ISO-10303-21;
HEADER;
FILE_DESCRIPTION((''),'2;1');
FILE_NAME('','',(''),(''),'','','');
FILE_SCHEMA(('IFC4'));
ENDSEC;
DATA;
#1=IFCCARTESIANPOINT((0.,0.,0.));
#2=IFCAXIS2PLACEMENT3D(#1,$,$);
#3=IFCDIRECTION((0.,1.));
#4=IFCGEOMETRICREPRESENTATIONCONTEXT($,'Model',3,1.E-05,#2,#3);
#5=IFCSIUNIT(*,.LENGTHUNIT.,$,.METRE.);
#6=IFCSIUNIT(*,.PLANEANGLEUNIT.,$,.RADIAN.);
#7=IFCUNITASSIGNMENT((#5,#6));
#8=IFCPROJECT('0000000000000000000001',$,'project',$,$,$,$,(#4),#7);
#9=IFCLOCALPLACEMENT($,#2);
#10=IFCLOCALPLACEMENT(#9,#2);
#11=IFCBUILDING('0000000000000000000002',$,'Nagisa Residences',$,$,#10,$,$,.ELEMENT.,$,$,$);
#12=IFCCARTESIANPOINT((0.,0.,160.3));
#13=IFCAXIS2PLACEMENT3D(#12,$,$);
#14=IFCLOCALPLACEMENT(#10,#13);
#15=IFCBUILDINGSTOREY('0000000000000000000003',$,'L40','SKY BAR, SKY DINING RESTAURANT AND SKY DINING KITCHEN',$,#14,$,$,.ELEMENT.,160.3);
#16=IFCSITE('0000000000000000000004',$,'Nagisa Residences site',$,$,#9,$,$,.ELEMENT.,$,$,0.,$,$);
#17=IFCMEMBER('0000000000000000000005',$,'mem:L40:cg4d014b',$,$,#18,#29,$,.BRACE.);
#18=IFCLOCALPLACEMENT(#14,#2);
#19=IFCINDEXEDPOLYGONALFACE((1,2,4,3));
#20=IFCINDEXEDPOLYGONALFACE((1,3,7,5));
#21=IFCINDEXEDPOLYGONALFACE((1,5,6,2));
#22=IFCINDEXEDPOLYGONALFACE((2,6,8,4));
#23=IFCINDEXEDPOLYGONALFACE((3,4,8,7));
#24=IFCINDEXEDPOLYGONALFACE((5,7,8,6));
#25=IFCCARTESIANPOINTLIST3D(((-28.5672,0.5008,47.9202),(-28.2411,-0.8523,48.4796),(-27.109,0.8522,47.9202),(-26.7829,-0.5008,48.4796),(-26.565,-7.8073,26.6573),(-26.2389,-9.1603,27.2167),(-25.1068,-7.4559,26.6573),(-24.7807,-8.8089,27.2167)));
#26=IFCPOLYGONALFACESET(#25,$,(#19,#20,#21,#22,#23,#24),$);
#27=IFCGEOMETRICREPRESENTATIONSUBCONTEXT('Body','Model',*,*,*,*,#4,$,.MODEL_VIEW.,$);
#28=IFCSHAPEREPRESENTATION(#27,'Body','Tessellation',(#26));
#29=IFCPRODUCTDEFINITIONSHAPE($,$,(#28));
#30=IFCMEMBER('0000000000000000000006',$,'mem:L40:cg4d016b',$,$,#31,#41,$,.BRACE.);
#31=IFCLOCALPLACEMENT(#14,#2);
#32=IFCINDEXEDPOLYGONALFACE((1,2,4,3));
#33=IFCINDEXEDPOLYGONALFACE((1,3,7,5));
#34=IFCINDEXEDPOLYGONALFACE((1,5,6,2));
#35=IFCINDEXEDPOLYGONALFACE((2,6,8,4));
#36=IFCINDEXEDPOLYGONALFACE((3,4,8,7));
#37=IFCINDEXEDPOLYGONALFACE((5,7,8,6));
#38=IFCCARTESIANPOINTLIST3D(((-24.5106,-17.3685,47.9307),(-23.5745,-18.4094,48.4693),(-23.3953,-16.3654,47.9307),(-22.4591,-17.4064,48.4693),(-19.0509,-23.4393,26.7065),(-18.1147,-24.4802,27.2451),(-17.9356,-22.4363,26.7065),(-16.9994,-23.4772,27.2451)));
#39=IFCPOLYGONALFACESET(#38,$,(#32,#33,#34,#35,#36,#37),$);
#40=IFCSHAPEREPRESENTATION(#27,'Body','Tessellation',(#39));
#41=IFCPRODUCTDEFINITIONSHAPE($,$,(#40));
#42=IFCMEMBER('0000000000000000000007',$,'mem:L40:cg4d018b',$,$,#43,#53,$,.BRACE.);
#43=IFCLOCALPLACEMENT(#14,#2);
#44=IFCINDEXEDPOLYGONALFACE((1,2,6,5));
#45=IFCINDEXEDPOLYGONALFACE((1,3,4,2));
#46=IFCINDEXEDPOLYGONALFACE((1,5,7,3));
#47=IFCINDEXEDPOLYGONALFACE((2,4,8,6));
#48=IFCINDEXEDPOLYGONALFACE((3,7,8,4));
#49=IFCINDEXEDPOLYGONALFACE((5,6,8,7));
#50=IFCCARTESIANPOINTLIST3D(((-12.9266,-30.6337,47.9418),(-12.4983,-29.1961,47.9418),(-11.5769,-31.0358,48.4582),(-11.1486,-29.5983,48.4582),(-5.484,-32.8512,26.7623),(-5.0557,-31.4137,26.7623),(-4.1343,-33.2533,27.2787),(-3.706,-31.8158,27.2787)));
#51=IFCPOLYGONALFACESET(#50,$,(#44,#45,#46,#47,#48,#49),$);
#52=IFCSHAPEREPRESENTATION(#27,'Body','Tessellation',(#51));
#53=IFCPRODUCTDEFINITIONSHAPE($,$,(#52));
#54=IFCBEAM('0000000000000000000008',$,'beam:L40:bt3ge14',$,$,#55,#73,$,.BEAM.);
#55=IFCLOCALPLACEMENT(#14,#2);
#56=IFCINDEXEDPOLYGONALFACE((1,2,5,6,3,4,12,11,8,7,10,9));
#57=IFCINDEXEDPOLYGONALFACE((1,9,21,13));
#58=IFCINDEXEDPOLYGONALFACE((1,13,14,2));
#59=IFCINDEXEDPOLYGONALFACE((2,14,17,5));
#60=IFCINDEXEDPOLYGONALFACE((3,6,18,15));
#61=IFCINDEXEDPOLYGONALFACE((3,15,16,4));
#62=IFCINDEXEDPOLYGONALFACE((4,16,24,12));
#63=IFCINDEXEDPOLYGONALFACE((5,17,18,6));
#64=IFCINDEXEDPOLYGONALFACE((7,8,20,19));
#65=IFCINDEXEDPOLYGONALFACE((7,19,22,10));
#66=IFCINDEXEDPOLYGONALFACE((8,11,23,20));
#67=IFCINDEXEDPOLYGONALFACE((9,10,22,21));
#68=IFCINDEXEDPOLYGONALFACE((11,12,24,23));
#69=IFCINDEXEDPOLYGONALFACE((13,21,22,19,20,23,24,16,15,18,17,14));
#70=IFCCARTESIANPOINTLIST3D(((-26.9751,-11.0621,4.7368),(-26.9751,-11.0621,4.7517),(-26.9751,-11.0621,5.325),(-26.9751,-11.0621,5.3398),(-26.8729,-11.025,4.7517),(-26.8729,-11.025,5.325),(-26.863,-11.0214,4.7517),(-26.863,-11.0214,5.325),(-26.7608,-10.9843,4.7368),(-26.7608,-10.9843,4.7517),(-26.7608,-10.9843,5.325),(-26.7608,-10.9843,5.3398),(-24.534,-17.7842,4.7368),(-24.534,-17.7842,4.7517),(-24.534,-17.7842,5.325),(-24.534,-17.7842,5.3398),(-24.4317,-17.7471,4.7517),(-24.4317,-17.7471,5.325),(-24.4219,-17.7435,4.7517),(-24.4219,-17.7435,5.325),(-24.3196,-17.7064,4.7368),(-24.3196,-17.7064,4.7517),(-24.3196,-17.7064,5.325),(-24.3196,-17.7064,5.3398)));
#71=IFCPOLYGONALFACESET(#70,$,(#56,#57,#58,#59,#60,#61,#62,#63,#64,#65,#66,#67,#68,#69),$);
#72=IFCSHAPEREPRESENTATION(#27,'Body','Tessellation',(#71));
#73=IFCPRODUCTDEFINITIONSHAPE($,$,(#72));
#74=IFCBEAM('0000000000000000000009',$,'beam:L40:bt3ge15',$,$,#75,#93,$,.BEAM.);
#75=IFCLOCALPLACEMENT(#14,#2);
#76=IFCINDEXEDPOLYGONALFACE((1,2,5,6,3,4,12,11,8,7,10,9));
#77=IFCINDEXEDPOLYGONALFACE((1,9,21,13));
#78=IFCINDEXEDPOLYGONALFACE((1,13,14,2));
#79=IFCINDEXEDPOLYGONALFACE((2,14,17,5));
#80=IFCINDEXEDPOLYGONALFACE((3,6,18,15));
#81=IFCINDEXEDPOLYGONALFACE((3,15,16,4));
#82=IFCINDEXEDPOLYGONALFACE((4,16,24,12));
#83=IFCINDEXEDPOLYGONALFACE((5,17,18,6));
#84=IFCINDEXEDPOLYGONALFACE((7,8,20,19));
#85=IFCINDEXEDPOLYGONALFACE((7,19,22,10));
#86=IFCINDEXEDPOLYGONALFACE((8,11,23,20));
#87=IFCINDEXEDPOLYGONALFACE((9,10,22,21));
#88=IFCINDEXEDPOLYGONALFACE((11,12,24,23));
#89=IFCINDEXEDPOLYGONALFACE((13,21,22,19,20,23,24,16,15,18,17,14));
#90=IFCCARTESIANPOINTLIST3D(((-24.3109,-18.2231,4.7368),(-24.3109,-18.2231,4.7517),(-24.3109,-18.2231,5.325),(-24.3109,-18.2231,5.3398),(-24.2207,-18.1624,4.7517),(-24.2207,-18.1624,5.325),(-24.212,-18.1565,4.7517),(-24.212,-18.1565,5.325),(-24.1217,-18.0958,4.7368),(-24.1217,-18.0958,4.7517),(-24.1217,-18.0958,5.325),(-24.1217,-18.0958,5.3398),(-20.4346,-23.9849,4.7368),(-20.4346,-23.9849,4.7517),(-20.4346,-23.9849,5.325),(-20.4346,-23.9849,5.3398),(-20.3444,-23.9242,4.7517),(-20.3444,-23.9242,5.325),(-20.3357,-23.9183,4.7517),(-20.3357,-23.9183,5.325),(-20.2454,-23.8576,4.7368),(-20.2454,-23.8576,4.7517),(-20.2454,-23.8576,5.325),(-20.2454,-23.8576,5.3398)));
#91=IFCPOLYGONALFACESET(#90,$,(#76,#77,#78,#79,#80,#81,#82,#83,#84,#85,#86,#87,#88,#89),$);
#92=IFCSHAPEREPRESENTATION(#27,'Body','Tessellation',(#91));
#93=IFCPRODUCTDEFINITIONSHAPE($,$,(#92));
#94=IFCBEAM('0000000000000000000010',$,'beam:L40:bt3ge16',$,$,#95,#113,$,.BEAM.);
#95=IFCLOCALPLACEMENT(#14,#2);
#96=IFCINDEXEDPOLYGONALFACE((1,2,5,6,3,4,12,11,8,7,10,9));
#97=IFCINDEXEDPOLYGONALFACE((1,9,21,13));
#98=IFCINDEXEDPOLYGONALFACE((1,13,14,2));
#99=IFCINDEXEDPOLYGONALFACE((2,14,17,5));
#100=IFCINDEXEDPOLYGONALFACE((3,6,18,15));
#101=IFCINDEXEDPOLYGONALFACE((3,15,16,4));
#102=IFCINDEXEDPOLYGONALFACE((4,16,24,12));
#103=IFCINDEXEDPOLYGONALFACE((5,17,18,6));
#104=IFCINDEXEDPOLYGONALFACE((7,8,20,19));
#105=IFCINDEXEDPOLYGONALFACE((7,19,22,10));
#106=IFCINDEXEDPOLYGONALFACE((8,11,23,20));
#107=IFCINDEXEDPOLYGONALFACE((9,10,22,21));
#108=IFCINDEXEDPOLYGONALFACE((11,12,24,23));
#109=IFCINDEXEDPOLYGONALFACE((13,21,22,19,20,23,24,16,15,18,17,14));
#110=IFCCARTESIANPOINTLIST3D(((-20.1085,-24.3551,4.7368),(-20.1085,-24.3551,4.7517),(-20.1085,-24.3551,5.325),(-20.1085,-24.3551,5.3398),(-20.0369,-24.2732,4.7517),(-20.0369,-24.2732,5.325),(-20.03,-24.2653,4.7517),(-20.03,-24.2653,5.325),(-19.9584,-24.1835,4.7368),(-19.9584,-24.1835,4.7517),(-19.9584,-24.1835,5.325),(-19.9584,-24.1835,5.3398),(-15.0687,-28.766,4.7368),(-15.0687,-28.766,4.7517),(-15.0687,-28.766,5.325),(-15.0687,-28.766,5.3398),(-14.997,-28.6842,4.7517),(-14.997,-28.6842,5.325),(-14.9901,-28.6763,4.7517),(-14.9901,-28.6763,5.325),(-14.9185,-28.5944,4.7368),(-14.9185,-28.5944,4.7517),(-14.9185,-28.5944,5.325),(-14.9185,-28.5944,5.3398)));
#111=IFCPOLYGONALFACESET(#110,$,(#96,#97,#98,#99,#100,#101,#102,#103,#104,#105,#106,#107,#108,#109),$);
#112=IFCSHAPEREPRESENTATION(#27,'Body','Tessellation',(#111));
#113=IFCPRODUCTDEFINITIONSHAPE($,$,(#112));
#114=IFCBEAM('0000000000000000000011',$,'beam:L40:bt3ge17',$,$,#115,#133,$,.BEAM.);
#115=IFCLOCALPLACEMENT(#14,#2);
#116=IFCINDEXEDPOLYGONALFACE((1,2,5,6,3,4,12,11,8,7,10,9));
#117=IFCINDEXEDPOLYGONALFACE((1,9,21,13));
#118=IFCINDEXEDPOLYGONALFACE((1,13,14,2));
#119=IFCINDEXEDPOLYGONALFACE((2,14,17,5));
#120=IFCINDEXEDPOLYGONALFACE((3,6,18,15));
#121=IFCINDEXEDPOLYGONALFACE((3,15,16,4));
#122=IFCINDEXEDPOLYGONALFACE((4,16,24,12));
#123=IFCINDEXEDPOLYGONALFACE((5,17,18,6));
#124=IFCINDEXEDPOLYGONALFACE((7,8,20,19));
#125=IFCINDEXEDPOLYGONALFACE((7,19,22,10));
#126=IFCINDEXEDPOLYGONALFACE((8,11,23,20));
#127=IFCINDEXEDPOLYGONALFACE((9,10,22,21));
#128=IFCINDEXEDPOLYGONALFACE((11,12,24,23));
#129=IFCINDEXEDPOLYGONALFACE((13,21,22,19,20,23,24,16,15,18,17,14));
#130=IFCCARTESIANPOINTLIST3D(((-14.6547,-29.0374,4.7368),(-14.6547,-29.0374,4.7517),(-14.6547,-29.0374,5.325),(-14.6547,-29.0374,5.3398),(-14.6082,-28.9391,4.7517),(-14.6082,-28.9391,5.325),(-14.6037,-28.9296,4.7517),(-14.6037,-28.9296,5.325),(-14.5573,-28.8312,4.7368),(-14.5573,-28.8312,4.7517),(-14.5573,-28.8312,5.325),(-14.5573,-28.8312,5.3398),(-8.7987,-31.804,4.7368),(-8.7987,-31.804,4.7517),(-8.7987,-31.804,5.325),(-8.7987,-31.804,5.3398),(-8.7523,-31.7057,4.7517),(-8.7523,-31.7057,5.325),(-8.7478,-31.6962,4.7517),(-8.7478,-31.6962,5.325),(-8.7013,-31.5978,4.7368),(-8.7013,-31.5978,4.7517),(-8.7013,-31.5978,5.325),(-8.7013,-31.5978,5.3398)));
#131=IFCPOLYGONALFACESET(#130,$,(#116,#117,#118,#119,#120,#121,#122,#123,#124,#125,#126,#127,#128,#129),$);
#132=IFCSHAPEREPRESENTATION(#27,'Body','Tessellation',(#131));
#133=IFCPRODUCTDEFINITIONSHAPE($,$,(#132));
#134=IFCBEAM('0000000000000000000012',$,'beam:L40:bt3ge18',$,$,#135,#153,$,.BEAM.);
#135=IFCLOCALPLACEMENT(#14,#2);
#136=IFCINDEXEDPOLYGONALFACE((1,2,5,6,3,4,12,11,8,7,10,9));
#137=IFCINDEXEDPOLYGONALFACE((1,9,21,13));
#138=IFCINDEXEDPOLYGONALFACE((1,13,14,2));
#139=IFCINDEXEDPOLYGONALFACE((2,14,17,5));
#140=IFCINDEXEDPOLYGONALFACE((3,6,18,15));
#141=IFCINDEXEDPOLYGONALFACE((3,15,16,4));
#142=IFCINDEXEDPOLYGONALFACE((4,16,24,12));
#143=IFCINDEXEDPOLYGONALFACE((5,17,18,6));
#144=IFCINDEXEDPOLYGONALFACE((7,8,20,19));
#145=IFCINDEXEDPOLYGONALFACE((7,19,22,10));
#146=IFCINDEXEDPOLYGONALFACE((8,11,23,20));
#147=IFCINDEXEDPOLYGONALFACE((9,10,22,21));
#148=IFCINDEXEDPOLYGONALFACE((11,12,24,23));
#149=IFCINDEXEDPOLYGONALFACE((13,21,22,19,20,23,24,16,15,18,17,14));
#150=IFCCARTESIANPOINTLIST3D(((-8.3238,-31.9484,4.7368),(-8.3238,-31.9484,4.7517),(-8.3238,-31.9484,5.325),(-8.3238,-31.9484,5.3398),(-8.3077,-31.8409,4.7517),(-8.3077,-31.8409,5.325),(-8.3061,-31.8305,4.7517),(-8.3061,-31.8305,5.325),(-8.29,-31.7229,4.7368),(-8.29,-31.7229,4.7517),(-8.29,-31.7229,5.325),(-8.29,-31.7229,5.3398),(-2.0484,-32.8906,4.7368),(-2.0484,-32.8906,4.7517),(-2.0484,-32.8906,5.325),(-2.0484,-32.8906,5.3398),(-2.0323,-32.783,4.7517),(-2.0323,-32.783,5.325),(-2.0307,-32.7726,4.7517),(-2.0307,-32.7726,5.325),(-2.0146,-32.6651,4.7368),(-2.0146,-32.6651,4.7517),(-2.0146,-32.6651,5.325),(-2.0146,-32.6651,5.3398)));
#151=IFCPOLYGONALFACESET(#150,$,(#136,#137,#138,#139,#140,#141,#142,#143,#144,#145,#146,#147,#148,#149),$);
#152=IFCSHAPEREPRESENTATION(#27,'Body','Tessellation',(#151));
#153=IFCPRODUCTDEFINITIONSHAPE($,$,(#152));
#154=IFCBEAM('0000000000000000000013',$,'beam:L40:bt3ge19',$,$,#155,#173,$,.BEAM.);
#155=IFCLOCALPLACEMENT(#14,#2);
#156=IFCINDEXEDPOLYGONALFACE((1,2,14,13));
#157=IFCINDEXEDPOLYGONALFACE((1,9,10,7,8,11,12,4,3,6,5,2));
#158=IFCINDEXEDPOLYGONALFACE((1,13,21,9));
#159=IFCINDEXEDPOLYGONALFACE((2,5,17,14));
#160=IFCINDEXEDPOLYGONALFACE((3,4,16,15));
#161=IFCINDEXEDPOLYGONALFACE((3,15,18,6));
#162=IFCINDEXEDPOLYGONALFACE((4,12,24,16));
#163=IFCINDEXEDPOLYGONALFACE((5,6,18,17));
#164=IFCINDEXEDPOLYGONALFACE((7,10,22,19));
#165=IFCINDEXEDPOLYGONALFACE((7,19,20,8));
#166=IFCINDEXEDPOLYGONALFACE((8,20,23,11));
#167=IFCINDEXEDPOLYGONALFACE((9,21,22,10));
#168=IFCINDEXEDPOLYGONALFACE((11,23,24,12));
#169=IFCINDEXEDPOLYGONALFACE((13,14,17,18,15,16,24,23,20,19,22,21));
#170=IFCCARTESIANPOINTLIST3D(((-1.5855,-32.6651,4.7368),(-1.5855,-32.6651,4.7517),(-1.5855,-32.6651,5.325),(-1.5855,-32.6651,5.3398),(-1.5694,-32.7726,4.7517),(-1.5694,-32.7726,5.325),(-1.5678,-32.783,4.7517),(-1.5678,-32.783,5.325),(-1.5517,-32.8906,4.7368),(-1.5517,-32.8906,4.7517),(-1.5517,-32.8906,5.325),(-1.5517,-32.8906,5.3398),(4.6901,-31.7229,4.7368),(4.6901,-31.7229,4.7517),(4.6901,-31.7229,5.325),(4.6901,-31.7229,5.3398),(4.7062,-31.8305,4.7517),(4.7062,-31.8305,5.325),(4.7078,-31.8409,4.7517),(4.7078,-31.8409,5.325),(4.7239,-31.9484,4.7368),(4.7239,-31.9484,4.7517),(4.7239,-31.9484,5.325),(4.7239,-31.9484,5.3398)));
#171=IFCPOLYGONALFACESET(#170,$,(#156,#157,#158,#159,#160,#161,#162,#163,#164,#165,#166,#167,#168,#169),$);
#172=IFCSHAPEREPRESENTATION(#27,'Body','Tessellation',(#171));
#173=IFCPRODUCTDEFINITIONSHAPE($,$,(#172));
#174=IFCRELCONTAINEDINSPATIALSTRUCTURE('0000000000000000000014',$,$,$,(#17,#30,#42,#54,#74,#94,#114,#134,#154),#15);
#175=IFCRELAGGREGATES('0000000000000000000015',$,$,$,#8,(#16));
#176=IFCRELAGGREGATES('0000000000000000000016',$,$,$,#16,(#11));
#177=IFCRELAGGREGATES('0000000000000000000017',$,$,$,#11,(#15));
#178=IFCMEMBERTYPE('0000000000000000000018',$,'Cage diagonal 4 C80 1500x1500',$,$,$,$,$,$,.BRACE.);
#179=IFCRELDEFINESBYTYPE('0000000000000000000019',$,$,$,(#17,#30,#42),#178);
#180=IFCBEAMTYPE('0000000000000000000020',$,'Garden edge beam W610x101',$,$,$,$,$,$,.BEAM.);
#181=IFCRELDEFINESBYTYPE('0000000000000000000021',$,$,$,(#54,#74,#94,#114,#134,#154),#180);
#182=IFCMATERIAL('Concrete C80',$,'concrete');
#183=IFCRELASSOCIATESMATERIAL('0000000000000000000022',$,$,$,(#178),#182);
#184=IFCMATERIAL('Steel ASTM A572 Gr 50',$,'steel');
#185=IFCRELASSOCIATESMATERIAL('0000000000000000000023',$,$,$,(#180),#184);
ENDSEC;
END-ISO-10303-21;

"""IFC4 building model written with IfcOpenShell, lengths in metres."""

from ifc_helpers import new_model, si_unit, direction, frame, origin, origin_2d, place, context, subcontext, project, spatial, rectangle, i_section, extrude, material, material_profile, profile_set, type_object, element, save


model = new_model("IFC4")

# Units and contexts
model_context = context("Model", 3, precision=1e-05, world=origin(), true_north=direction((0.0, 1.0)))
body_context = subcontext(model_context, "Body", "Model", "MODEL_VIEW")
ifc_project = project(units=[si_unit("LENGTHUNIT", "METRE"), si_unit("PLANEANGLEUNIT", "RADIAN")], contexts=[model_context])

# Site, building, storey
site_placement = place(None, origin())
site = spatial("IfcSite", under=ifc_project, at=site_placement, Name="Nagisa Residences site", CompositionType="ELEMENT", RefElevation=0.0)
building_placement = place(site_placement, origin())
building = spatial("IfcBuilding", under=site, at=building_placement, Name="Nagisa Residences", CompositionType="ELEMENT")
storey_placement = place(building_placement, frame((0.0, 0.0, 160.3)))
storey = spatial("IfcBuildingStorey", under=building, at=storey_placement, Name="L40", Description="SKY BAR, SKY DINING RESTAURANT AND SKY DINING KITCHEN", CompositionType="ELEMENT", Elevation=160.3)

# Members
ifc_material_1 = material(Name="Concrete C80", Category="concrete")
ifc_material_profile_1 = material_profile(ifc_material_1, rectangle(XDim=1.5, YDim=1.5, at=origin_2d()), Name="C80 1500x1500")
ifc_profile_set_1 = profile_set([ifc_material_profile_1], Name="Concrete C80")
member_type = type_object("IfcMemberType", Name="Cage diagonal 4 C80 1500x1500", PredefinedType="BRACE", material=ifc_profile_set_1)
member_1_placement = place(storey_placement, frame((-25.6729, -8.3081, 26.937), z_axis=(-0.087371, 0.362545, 0.927862), x_axis=(-0.972168, -0.234286, 0.0)))
element("IfcMember", 1, at=member_1_placement, inside=storey, type_object=member_type, Name="mem:L40:cg4d014b", PredefinedType="BRACE", context=body_context, shape_type="SweptSolid", body=[
    extrude(rectangle(XDim=1.5, YDim=1.5, at=origin_2d()), origin(), (0.0, 0.0, 1.0), 22.916),
])
member_2_placement = place(storey_placement, frame((-18.0251, -23.4583, 26.9758), z_axis=(-0.240089, 0.266961, 0.933322), x_axis=(-0.743538, -0.668694, 0.0)))
element("IfcMember", 2, at=member_2_placement, inside=storey, type_object=member_type, Name="mem:L40:cg4d016b", PredefinedType="BRACE", context=body_context, shape_type="SweptSolid", body=[
    extrude(rectangle(XDim=1.5, YDim=1.5, at=origin_2d()), origin(), (0.0, 0.0, 1.0), 22.7405),
])
member_3_placement = place(storey_placement, frame((-4.595, -32.3335, 27.0205), z_axis=(-0.329928, 0.098302, 0.938874), x_axis=(-0.285545, -0.958365, 0.0)))
element("IfcMember", 3, at=member_3_placement, inside=storey, type_object=member_type, Name="mem:L40:cg4d018b", PredefinedType="BRACE", context=body_context, shape_type="SweptSolid", body=[
    extrude(rectangle(XDim=1.5, YDim=1.5, at=origin_2d()), origin(), (0.0, 0.0, 1.0), 22.5583),
])

# Beams
ifc_material_2 = material(Name="Steel ASTM A572 Gr 50", Category="steel")
ifc_material_profile_2 = material_profile(ifc_material_2, i_section(OverallWidth=0.228, OverallDepth=0.603, WebThickness=0.0105, FlangeThickness=0.0149, at=origin_2d()), Name="W610x101")
ifc_profile_set_2 = profile_set([ifc_material_profile_2], Name="Steel ASTM A572 Gr 50")
beam_type_1 = type_object("IfcBeamType", Name="Garden edge beam W610x101", PredefinedType="BEAM", material=ifc_profile_set_2)
beam_1_placement = place(storey_placement, frame((-26.8679, -11.0232, 5.0383), z_axis=(0.34134, -0.93994, 0.0), x_axis=(0.93994, 0.34134, 0.0)))
element("IfcBeam", 4, at=beam_1_placement, inside=storey, type_object=beam_type_1, Name="beam:L40:bt3ge14", PredefinedType="BEAM", context=body_context, shape_type="SweptSolid", body=[
    extrude(i_section(OverallWidth=0.228, OverallDepth=0.603, WebThickness=0.0105, FlangeThickness=0.0149, at=origin_2d()), origin(), (0.0, 0.0, 1.0), 7.1516),
])
beam_2_placement = place(storey_placement, frame((-24.2163, -18.1594, 5.0383), z_axis=(0.558192, -0.829712, 0.0), x_axis=(0.829712, 0.558192, 0.0)))
element("IfcBeam", 5, at=beam_2_placement, inside=storey, type_object=beam_type_1, Name="beam:L40:bt3ge15", PredefinedType="BEAM", context=body_context, shape_type="SweptSolid", body=[
    extrude(i_section(OverallWidth=0.228, OverallDepth=0.603, WebThickness=0.0105, FlangeThickness=0.0149, at=origin_2d()), origin(), (0.0, 0.0, 1.0), 6.9443),
])
beam_3_placement = place(storey_placement, frame((-20.0334, -24.2693, 5.0383), z_axis=(0.752498, -0.658595, 0.0), x_axis=(0.658595, 0.752498, 0.0)))
element("IfcBeam", 6, at=beam_3_placement, inside=storey, type_object=beam_type_1, Name="beam:L40:bt3ge16", PredefinedType="BEAM", context=body_context, shape_type="SweptSolid", body=[
    extrude(i_section(OverallWidth=0.228, OverallDepth=0.603, WebThickness=0.0105, FlangeThickness=0.0149, at=origin_2d()), origin(), (0.0, 0.0, 1.0), 6.6975),
])
beam_4_placement = place(storey_placement, frame((-14.606, -28.9343, 5.0383), z_axis=(0.904172, -0.427169, 0.0), x_axis=(0.427169, 0.904172, 0.0)))
element("IfcBeam", 7, at=beam_4_placement, inside=storey, type_object=beam_type_1, Name="beam:L40:bt3ge17", PredefinedType="BEAM", context=body_context, shape_type="SweptSolid", body=[
    extrude(i_section(OverallWidth=0.228, OverallDepth=0.603, WebThickness=0.0105, FlangeThickness=0.0149, at=origin_2d()), origin(), (0.0, 0.0, 1.0), 6.4766),
])
beam_5_placement = place(storey_placement, frame((-8.3069, -31.8357, 5.0383), z_axis=(0.988917, -0.148468, 0.0), x_axis=(0.148468, 0.988917, 0.0)))
element("IfcBeam", 8, at=beam_5_placement, inside=storey, type_object=beam_type_1, Name="beam:L40:bt3ge18", PredefinedType="BEAM", context=body_context, shape_type="SweptSolid", body=[
    extrude(i_section(OverallWidth=0.228, OverallDepth=0.603, WebThickness=0.0105, FlangeThickness=0.0149, at=origin_2d()), origin(), (0.0, 0.0, 1.0), 6.3457),
])
beam_6_placement = place(storey_placement, frame((-1.5686, -32.7778, 5.0383), z_axis=(0.988918, 0.148463, 0.0), x_axis=(-0.148463, 0.988918, 0.0)))
element("IfcBeam", 9, at=beam_6_placement, inside=storey, type_object=beam_type_1, Name="beam:L40:bt3ge19", PredefinedType="BEAM", context=body_context, shape_type="SweptSolid", body=[
    extrude(i_section(OverallWidth=0.228, OverallDepth=0.603, WebThickness=0.0105, FlangeThickness=0.0149, at=origin_2d()), origin(), (0.0, 0.0, 1.0), 6.3459),
])

save(model, "model.ifc")
